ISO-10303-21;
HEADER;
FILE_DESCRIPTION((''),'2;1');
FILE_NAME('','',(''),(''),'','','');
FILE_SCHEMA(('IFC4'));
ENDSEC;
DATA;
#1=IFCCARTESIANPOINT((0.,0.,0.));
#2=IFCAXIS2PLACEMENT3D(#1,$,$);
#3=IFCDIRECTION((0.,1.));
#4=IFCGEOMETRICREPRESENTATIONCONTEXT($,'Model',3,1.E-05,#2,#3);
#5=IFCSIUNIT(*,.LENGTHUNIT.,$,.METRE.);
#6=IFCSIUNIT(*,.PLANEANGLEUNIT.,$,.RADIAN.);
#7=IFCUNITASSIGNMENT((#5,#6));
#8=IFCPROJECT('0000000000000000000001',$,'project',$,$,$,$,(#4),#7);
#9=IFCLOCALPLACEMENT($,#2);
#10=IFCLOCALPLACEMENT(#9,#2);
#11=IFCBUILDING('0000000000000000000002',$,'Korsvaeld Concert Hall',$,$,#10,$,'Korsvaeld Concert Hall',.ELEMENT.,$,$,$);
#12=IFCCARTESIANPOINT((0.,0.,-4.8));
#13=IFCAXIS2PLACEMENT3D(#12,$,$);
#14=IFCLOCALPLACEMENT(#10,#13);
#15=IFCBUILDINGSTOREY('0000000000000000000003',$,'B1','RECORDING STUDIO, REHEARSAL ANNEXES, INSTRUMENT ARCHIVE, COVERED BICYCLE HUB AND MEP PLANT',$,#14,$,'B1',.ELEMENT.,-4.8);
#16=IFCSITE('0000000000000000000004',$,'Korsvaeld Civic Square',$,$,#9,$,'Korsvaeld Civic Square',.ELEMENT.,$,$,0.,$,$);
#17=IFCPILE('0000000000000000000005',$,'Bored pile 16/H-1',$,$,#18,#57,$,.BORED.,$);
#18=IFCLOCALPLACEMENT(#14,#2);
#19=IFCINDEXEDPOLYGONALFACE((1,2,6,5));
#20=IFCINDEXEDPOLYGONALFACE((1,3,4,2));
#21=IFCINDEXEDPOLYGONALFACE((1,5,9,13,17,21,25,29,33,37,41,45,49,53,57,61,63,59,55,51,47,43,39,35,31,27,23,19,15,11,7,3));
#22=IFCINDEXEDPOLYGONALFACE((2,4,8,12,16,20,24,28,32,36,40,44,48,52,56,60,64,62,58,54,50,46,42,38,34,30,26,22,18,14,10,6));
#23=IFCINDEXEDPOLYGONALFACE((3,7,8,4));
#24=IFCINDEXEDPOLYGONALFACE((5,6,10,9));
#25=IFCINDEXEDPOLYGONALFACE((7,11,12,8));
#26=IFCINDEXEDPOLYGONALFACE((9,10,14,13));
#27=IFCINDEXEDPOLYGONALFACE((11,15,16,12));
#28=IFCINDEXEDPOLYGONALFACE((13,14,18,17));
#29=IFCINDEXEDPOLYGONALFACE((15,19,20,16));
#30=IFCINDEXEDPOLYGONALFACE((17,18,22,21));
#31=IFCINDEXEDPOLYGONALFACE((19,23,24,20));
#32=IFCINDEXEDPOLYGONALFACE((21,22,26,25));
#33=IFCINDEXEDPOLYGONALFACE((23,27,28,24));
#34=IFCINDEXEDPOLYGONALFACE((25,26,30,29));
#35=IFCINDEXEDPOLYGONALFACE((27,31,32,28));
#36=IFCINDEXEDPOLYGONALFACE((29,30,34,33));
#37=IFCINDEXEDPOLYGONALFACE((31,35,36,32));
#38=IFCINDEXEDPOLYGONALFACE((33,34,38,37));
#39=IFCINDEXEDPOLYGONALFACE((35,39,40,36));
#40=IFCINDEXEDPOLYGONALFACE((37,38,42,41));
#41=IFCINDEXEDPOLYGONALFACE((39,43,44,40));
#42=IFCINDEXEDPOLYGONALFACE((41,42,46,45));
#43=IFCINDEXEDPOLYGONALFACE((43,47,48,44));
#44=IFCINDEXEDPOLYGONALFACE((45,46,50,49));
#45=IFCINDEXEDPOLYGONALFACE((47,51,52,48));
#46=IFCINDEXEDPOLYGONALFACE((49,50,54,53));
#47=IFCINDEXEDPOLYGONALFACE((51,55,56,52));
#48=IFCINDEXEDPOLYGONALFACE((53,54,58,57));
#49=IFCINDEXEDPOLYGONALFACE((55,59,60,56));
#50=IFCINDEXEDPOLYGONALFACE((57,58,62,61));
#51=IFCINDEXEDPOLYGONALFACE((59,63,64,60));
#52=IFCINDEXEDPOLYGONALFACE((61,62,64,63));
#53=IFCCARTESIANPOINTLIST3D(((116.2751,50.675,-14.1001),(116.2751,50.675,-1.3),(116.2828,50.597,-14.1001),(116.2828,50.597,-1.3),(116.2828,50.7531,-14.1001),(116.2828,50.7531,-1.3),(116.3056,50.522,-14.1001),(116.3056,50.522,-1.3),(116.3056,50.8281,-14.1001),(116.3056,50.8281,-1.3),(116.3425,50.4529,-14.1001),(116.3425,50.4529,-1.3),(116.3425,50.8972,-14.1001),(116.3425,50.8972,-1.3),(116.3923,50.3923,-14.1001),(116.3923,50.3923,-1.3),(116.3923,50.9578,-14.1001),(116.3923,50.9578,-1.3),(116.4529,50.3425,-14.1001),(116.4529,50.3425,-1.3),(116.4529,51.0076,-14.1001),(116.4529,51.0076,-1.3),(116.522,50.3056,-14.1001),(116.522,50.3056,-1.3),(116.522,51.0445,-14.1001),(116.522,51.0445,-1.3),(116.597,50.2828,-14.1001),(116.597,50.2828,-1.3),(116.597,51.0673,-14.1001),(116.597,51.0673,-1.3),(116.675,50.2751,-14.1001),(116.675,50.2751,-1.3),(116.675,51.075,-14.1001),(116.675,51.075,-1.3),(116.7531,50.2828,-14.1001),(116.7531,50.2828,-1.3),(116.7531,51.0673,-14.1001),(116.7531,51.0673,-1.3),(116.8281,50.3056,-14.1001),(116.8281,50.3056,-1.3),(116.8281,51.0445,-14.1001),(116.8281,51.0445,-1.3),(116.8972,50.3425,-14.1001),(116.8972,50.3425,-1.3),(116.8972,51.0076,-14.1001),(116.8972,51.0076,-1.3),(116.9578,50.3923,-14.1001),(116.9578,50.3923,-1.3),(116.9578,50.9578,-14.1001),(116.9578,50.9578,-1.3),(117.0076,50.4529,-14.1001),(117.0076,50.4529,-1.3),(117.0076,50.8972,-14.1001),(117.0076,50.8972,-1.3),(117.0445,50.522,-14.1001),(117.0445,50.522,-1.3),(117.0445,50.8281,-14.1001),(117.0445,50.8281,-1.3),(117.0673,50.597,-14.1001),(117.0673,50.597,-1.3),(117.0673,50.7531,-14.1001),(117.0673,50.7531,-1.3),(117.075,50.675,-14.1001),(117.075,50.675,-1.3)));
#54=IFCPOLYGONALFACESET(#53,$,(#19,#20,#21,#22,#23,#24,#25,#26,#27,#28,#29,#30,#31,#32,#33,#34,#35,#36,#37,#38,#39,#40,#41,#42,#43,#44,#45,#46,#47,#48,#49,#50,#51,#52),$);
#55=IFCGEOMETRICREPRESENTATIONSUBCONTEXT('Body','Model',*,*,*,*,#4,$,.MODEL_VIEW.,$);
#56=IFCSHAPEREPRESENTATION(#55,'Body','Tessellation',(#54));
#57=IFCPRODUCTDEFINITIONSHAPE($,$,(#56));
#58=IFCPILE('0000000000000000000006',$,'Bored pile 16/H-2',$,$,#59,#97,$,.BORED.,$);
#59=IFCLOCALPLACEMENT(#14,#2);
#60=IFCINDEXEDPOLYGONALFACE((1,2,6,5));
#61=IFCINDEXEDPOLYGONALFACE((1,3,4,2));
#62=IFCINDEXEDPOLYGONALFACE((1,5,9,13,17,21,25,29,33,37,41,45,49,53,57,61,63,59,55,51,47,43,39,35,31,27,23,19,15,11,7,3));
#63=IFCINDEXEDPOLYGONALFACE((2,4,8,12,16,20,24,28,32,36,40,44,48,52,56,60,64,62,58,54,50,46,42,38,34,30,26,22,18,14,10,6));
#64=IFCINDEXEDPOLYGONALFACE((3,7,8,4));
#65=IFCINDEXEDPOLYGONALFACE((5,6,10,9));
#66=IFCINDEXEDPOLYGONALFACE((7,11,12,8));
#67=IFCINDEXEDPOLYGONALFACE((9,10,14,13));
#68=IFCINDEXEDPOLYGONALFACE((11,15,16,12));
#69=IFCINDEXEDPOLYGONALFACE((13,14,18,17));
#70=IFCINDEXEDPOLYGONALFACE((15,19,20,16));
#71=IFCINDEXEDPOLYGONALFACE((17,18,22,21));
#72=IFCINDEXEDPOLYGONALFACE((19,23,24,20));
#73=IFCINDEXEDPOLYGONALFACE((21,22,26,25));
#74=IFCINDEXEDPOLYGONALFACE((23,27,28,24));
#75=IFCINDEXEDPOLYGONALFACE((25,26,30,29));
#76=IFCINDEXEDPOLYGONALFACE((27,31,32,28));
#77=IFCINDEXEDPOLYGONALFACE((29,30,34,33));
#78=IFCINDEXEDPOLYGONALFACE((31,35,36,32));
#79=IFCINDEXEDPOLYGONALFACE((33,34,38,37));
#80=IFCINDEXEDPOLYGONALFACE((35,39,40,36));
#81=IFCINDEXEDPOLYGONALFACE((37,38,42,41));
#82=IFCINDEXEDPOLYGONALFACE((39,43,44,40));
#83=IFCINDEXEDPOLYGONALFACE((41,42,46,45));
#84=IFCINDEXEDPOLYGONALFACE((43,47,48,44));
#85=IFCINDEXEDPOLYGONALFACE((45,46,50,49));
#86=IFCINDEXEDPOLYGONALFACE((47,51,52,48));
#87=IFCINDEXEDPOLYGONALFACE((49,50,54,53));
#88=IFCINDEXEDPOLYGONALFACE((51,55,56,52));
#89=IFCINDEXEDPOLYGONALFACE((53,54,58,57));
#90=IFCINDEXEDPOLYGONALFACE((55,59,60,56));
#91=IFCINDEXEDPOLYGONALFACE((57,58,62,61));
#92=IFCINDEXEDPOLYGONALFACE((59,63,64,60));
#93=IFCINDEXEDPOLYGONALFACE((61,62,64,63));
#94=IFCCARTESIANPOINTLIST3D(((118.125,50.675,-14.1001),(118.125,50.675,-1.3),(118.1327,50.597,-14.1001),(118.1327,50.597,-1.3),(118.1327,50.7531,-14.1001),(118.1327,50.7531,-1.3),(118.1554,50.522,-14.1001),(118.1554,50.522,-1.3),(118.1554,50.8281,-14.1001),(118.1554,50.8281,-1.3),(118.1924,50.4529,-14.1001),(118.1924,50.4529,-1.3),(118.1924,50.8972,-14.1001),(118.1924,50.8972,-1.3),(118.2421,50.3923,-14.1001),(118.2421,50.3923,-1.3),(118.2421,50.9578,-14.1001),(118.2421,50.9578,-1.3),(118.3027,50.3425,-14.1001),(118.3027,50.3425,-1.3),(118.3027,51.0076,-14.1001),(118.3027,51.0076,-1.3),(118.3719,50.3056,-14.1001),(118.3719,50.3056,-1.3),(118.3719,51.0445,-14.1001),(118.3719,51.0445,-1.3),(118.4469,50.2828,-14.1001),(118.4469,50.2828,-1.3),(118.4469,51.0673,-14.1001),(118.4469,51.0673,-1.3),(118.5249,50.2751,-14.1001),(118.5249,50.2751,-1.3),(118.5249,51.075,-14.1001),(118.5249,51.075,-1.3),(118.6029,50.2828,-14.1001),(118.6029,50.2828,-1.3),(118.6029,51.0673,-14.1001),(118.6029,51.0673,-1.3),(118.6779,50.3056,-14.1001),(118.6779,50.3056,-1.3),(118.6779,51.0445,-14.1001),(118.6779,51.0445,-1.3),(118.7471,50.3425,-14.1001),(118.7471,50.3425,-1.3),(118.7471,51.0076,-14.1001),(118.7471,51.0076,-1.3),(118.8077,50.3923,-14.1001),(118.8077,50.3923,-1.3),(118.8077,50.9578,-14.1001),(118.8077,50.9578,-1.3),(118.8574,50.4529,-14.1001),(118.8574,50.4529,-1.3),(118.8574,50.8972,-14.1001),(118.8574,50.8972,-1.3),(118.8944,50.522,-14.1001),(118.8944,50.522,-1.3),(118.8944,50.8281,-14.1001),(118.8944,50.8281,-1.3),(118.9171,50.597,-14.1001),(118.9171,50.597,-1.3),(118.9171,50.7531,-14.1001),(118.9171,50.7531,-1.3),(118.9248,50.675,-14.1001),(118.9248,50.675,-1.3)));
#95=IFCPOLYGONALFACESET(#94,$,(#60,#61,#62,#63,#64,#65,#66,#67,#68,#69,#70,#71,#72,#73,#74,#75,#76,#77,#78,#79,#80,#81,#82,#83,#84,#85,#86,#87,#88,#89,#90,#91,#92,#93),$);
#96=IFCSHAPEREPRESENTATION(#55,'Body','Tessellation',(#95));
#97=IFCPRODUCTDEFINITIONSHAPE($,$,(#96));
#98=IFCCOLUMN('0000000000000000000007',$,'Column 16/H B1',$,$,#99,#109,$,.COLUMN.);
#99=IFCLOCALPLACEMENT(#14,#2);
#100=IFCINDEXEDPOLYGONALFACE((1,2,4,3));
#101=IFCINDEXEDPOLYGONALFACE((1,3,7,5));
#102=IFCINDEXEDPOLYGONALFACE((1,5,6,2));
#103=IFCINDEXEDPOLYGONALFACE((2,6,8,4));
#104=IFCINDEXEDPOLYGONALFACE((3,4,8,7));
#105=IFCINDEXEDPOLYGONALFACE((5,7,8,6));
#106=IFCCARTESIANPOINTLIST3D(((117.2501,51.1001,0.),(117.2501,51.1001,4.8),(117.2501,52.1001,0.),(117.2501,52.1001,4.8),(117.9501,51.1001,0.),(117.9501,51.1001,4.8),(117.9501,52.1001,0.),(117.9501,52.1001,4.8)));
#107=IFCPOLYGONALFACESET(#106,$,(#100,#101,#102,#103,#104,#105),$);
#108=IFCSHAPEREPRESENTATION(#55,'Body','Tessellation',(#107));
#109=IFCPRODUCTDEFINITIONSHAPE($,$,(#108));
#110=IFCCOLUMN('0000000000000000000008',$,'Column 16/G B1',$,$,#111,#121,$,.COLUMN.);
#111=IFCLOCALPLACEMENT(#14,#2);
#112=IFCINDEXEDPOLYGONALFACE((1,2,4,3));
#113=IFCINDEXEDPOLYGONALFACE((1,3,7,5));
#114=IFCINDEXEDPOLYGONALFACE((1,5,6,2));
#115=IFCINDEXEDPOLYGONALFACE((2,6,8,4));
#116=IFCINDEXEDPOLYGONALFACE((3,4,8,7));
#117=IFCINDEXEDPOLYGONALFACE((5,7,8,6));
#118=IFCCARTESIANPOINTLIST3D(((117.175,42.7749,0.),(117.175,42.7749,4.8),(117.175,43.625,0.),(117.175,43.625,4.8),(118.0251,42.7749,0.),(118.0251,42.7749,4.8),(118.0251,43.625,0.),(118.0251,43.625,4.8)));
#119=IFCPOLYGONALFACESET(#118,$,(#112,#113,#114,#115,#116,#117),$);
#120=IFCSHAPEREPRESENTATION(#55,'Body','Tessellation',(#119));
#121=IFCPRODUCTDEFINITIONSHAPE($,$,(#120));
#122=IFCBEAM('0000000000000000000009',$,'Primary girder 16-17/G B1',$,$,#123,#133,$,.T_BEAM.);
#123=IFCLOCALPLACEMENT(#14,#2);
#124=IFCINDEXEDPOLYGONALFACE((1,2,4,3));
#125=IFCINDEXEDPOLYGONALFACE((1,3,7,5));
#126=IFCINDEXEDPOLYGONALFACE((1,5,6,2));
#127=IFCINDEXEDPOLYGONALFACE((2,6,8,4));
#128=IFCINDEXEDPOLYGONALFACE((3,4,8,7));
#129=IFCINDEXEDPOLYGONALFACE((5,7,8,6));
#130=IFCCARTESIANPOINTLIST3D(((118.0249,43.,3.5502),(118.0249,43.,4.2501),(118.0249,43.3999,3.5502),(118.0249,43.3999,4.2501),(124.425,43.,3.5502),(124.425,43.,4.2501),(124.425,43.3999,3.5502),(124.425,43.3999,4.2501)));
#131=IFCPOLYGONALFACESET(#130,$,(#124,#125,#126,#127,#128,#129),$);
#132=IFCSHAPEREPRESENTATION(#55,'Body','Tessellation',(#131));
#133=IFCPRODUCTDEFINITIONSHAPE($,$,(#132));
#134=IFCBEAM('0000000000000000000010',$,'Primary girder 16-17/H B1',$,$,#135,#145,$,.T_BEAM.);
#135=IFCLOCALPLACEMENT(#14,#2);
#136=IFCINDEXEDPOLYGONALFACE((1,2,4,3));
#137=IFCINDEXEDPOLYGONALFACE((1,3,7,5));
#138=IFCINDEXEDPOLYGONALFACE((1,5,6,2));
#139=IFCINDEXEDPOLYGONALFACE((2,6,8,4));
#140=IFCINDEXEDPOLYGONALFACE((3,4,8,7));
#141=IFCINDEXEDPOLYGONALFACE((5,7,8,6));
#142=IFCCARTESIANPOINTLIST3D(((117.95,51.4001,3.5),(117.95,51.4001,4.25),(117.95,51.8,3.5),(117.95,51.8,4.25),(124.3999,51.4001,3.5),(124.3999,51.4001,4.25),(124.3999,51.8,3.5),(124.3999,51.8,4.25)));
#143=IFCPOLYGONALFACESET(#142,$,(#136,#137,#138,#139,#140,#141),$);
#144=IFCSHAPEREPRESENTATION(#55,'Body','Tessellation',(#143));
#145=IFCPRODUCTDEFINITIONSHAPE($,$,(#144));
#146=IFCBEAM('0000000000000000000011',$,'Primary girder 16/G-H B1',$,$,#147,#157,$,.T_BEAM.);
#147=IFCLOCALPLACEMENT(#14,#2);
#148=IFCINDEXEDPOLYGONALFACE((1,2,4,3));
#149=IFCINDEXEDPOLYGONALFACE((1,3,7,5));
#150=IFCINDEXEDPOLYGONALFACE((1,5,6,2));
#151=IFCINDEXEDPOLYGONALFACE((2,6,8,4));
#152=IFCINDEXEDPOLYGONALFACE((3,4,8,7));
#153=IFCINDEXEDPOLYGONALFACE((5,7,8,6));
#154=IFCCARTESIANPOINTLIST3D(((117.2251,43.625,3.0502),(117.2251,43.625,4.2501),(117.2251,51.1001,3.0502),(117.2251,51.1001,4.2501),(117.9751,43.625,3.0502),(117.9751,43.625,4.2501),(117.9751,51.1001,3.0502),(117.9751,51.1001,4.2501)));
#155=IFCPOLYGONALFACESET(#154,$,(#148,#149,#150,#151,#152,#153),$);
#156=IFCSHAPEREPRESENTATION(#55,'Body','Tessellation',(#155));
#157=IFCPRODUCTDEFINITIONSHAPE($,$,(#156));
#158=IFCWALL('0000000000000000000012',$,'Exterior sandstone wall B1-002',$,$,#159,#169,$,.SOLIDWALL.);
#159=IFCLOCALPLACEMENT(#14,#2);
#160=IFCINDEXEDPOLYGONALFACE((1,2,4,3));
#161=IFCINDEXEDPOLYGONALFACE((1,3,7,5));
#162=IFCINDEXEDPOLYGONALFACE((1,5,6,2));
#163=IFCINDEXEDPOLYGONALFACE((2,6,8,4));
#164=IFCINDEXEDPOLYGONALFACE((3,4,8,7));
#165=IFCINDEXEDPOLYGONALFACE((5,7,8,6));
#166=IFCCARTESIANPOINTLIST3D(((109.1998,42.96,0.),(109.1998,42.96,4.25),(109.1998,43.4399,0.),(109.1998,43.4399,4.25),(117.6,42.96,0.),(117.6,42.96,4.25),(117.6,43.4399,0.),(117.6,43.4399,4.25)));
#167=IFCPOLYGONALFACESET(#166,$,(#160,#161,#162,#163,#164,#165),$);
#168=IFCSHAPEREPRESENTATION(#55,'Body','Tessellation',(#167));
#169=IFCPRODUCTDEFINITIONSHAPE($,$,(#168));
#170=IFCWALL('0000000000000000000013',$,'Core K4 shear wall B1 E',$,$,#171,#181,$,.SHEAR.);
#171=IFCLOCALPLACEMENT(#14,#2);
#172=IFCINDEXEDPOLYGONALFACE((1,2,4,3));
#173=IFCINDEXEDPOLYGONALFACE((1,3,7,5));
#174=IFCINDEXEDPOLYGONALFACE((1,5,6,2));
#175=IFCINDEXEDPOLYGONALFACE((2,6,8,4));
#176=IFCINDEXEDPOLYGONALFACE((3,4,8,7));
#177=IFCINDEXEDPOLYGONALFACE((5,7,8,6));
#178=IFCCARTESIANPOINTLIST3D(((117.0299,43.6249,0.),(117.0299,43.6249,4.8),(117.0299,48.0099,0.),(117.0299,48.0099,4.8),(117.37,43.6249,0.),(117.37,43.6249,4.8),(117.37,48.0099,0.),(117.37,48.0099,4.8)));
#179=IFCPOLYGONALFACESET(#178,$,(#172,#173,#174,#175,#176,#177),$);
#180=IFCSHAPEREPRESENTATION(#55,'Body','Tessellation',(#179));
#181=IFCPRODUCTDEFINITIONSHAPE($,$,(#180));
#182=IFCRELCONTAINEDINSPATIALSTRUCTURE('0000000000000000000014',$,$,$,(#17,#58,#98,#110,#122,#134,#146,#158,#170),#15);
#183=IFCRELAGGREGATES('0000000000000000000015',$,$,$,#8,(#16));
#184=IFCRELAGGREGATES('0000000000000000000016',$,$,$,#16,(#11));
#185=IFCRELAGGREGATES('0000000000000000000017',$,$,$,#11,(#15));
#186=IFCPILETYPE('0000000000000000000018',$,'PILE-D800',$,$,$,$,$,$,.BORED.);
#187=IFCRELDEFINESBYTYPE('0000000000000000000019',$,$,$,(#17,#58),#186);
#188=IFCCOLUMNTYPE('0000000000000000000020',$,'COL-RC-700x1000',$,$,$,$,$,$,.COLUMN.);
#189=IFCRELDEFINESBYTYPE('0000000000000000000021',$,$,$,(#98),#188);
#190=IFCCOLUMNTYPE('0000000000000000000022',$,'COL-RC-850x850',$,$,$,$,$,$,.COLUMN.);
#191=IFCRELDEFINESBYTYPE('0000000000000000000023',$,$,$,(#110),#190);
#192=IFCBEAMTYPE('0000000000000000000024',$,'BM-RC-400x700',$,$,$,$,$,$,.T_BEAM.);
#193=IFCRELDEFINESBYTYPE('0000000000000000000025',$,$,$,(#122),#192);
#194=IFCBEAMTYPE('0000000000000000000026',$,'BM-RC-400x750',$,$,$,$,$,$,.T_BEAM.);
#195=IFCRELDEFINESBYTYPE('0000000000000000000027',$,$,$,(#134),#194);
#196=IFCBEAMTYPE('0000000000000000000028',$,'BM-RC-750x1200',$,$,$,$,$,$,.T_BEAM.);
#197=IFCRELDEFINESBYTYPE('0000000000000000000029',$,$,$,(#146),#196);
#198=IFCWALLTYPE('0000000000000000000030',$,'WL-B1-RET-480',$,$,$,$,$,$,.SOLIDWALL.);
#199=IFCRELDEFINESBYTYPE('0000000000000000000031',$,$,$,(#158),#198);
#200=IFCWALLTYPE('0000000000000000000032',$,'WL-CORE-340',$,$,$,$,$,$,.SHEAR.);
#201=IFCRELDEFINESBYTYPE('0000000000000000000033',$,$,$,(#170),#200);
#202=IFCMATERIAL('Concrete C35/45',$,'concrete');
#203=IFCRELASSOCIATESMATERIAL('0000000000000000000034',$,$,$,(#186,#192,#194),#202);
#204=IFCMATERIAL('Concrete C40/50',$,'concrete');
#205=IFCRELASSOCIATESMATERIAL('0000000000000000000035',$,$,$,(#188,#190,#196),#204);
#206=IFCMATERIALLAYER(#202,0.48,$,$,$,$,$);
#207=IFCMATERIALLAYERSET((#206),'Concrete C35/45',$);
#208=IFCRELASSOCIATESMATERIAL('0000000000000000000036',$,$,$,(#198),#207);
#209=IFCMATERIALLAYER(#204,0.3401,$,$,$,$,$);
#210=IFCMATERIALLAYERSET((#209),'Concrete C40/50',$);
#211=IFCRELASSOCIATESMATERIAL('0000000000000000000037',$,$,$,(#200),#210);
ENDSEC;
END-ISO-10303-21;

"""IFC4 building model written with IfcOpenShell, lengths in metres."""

from ifc_helpers import new_model, si_unit, direction, frame, frame_2d, origin, origin_2d, place, context, subcontext, project, spatial, rectangle, circle, extrude, material, layer, layer_set, material_profile, profile_set, type_object, element, save


model = new_model("IFC4")

# Units and contexts
model_context = context("Model", 3, precision=1e-05, world=origin(), true_north=direction((0.0, 1.0)))
body_context = subcontext(model_context, "Body", "Model", "MODEL_VIEW")
ifc_project = project(units=[si_unit("LENGTHUNIT", "METRE"), si_unit("PLANEANGLEUNIT", "RADIAN")], contexts=[model_context])

# Site, building, storey
site_placement = place(None, origin())
site = spatial("IfcSite", under=ifc_project, at=site_placement, Name="Korsvaeld Civic Square", LongName="Korsvaeld Civic Square", CompositionType="ELEMENT", RefElevation=0.0)
building_placement = place(site_placement, origin())
building = spatial("IfcBuilding", under=site, at=building_placement, Name="Korsvaeld Concert Hall", LongName="Korsvaeld Concert Hall", CompositionType="ELEMENT")
storey_placement = place(building_placement, frame((0.0, 0.0, -4.8)))
storey = spatial("IfcBuildingStorey", under=building, at=storey_placement, Name="B1", Description="RECORDING STUDIO, REHEARSAL ANNEXES, INSTRUMENT ARCHIVE, COVERED BICYCLE HUB AND MEP PLANT", LongName="B1", CompositionType="ELEMENT", Elevation=-4.8)

# Shared definitions
ifc_material_1 = material(Name="Concrete C35/45", Category="concrete")

# Piles
ifc_material_profile_1 = material_profile(ifc_material_1, circle(Radius=0.3999, at=origin_2d()), Name="BORED PILE D800")
ifc_profile_set_1 = profile_set([ifc_material_profile_1], Name="Concrete C35/45")
pile_type_1 = type_object("IfcPileType", Name="PILE-D800", PredefinedType="BORED", material=ifc_profile_set_1)
for number, where, z_axis, x_axis, name in (
    (1, (116.675, 50.675, -1.3), (0.0, 0.0, -1.0), (1.0, 0.0, 0.0), "Bored pile 16/H-1"),
    (2, (118.5249, 50.675, -1.3), (0.0, 0.0, -1.0), (1.0, 0.0, 0.0), "Bored pile 16/H-2"),
):
    element("IfcPile", number, at=place(storey_placement, frame(where, z_axis=z_axis, x_axis=x_axis)), inside=storey, type_object=pile_type_1, Name=name, PredefinedType="BORED", context=body_context, shape_type="SweptSolid", body=[
        extrude(circle(Radius=0.3999, at=origin_2d()), origin(), (0.0, 0.0, 1.0), 12.8),
    ])

# Columns
ifc_material_2 = material(Name="Concrete C40/50", Category="concrete")
ifc_material_profile_2 = material_profile(ifc_material_2, rectangle(XDim=0.7, YDim=1.0, at=origin_2d()), Name="RC 700x1000")
ifc_profile_set_2 = profile_set([ifc_material_profile_2], Name="Concrete C40/50")
column_type_1 = type_object("IfcColumnType", Name="COL-RC-700x1000", PredefinedType="COLUMN", material=ifc_profile_set_2)
column_1_placement = place(storey_placement, frame((117.6001, 51.6001, 0.0), z_axis=(0.0, 0.0, 1.0), x_axis=(1.0, 0.0, 0.0)))
element("IfcColumn", 3, at=column_1_placement, inside=storey, type_object=column_type_1, Name="Column 16/H B1", PredefinedType="COLUMN", context=body_context, shape_type="SweptSolid", body=[
    extrude(rectangle(XDim=0.7, YDim=1.0, at=origin_2d()), origin(), (0.0, 0.0, 1.0), 4.8),
])
ifc_material_profile_3 = material_profile(ifc_material_2, rectangle(XDim=0.8501, YDim=0.8501, at=origin_2d()), Name="RC 850x850")
ifc_profile_set_3 = profile_set([ifc_material_profile_3], Name="Concrete C40/50")
column_type_2 = type_object("IfcColumnType", Name="COL-RC-850x850", PredefinedType="COLUMN", material=ifc_profile_set_3)
column_2_placement = place(storey_placement, frame((117.6001, 43.2, 0.0), z_axis=(0.0, 0.0, 1.0), x_axis=(1.0, 0.0, 0.0)))
element("IfcColumn", 4, at=column_2_placement, inside=storey, type_object=column_type_2, Name="Column 16/G B1", PredefinedType="COLUMN", context=body_context, shape_type="SweptSolid", body=[
    extrude(rectangle(XDim=0.8501, YDim=0.8501, at=origin_2d()), origin(), (0.0, 0.0, 1.0), 4.8),
])

# Beams
ifc_material_profile_4 = material_profile(ifc_material_1, rectangle(XDim=0.3999, YDim=0.7, at=origin_2d()), Name="RC 400x700")
ifc_profile_set_4 = profile_set([ifc_material_profile_4], Name="Concrete C35/45")
beam_type_1 = type_object("IfcBeamType", Name="BM-RC-400x700", PredefinedType="T_BEAM", material=ifc_profile_set_4)
beam_1_placement = place(storey_placement, frame((118.0249, 43.2, 3.9001), z_axis=(1.0, 0.0, 0.0), x_axis=(0.0, 1.0, 0.0)))
element("IfcBeam", 5, at=beam_1_placement, inside=storey, type_object=beam_type_1, Name="Primary girder 16-17/G B1", PredefinedType="T_BEAM", context=body_context, shape_type="SweptSolid", body=[
    extrude(rectangle(XDim=0.3999, YDim=0.7, at=origin_2d()), origin(), (0.0, 0.0, 1.0), 6.4001),
])
ifc_material_profile_5 = material_profile(ifc_material_1, rectangle(XDim=0.3999, YDim=0.75, at=origin_2d()), Name="RC 400x750")
ifc_profile_set_5 = profile_set([ifc_material_profile_5], Name="Concrete C35/45")
beam_type_2 = type_object("IfcBeamType", Name="BM-RC-400x750", PredefinedType="T_BEAM", material=ifc_profile_set_5)
beam_2_placement = place(storey_placement, frame((117.95, 51.6001, 3.875), z_axis=(1.0, 0.0, 0.0), x_axis=(0.0, 1.0, 0.0)))
element("IfcBeam", 6, at=beam_2_placement, inside=storey, type_object=beam_type_2, Name="Primary girder 16-17/H B1", PredefinedType="T_BEAM", context=body_context, shape_type="SweptSolid", body=[
    extrude(rectangle(XDim=0.3999, YDim=0.75, at=origin_2d()), origin(), (0.0, 0.0, 1.0), 6.45),
])
ifc_material_profile_6 = material_profile(ifc_material_2, rectangle(XDim=0.75, YDim=1.2, at=origin_2d()), Name="RC 750x1200")
ifc_profile_set_6 = profile_set([ifc_material_profile_6], Name="Concrete C40/50")
beam_type_3 = type_object("IfcBeamType", Name="BM-RC-750x1200", PredefinedType="T_BEAM", material=ifc_profile_set_6)
beam_3_placement = place(storey_placement, frame((117.6001, 43.625, 3.6501), z_axis=(0.0, 1.0, 0.0), x_axis=(-1.0, 0.0, 0.0)))
element("IfcBeam", 7, at=beam_3_placement, inside=storey, type_object=beam_type_3, Name="Primary girder 16/G-H B1", PredefinedType="T_BEAM", context=body_context, shape_type="SweptSolid", body=[
    extrude(rectangle(XDim=0.75, YDim=1.2, at=origin_2d()), origin(), (0.0, 0.0, 1.0), 7.4751),
])

# Walls
ifc_layer_1 = layer(ifc_material_1, 0.48)
ifc_layer_set_1 = layer_set([ifc_layer_1], Name="Concrete C35/45")
wall_type_1 = type_object("IfcWallType", Name="WL-B1-RET-480", PredefinedType="SOLIDWALL", material=ifc_layer_set_1)
wall_1_placement = place(storey_placement, frame((117.6001, 43.2, 0.0), z_axis=(0.0, 0.0, 1.0), x_axis=(-1.0, 0.0, 0.0)))
element("IfcWall", 8, at=wall_1_placement, inside=storey, type_object=wall_type_1, Name="Exterior sandstone wall B1-002", PredefinedType="SOLIDWALL", context=body_context, shape_type="SweptSolid", body=[
    extrude(rectangle(XDim=8.4001, YDim=0.48, at=frame_2d((4.2002, 0.0))), origin(), (0.0, 0.0, 1.0), 4.25),
])
ifc_layer_2 = layer(ifc_material_2, 0.3401)
ifc_layer_set_2 = layer_set([ifc_layer_2], Name="Concrete C40/50")
wall_type_2 = type_object("IfcWallType", Name="WL-CORE-340", PredefinedType="SHEAR", material=ifc_layer_set_2)
wall_2_placement = place(storey_placement, frame((117.2, 43.625, 0.0), z_axis=(0.0, 0.0, 1.0), x_axis=(0.0, 1.0, 0.0)))
element("IfcWall", 9, at=wall_2_placement, inside=storey, type_object=wall_type_2, Name="Core K4 shear wall B1 E", PredefinedType="SHEAR", context=body_context, shape_type="SweptSolid", body=[
    extrude(rectangle(XDim=4.385, YDim=0.3401, at=frame_2d((2.1924, 0.0))), origin(), (0.0, 0.0, 1.0), 4.8),
])

save(model, "model.ifc")
